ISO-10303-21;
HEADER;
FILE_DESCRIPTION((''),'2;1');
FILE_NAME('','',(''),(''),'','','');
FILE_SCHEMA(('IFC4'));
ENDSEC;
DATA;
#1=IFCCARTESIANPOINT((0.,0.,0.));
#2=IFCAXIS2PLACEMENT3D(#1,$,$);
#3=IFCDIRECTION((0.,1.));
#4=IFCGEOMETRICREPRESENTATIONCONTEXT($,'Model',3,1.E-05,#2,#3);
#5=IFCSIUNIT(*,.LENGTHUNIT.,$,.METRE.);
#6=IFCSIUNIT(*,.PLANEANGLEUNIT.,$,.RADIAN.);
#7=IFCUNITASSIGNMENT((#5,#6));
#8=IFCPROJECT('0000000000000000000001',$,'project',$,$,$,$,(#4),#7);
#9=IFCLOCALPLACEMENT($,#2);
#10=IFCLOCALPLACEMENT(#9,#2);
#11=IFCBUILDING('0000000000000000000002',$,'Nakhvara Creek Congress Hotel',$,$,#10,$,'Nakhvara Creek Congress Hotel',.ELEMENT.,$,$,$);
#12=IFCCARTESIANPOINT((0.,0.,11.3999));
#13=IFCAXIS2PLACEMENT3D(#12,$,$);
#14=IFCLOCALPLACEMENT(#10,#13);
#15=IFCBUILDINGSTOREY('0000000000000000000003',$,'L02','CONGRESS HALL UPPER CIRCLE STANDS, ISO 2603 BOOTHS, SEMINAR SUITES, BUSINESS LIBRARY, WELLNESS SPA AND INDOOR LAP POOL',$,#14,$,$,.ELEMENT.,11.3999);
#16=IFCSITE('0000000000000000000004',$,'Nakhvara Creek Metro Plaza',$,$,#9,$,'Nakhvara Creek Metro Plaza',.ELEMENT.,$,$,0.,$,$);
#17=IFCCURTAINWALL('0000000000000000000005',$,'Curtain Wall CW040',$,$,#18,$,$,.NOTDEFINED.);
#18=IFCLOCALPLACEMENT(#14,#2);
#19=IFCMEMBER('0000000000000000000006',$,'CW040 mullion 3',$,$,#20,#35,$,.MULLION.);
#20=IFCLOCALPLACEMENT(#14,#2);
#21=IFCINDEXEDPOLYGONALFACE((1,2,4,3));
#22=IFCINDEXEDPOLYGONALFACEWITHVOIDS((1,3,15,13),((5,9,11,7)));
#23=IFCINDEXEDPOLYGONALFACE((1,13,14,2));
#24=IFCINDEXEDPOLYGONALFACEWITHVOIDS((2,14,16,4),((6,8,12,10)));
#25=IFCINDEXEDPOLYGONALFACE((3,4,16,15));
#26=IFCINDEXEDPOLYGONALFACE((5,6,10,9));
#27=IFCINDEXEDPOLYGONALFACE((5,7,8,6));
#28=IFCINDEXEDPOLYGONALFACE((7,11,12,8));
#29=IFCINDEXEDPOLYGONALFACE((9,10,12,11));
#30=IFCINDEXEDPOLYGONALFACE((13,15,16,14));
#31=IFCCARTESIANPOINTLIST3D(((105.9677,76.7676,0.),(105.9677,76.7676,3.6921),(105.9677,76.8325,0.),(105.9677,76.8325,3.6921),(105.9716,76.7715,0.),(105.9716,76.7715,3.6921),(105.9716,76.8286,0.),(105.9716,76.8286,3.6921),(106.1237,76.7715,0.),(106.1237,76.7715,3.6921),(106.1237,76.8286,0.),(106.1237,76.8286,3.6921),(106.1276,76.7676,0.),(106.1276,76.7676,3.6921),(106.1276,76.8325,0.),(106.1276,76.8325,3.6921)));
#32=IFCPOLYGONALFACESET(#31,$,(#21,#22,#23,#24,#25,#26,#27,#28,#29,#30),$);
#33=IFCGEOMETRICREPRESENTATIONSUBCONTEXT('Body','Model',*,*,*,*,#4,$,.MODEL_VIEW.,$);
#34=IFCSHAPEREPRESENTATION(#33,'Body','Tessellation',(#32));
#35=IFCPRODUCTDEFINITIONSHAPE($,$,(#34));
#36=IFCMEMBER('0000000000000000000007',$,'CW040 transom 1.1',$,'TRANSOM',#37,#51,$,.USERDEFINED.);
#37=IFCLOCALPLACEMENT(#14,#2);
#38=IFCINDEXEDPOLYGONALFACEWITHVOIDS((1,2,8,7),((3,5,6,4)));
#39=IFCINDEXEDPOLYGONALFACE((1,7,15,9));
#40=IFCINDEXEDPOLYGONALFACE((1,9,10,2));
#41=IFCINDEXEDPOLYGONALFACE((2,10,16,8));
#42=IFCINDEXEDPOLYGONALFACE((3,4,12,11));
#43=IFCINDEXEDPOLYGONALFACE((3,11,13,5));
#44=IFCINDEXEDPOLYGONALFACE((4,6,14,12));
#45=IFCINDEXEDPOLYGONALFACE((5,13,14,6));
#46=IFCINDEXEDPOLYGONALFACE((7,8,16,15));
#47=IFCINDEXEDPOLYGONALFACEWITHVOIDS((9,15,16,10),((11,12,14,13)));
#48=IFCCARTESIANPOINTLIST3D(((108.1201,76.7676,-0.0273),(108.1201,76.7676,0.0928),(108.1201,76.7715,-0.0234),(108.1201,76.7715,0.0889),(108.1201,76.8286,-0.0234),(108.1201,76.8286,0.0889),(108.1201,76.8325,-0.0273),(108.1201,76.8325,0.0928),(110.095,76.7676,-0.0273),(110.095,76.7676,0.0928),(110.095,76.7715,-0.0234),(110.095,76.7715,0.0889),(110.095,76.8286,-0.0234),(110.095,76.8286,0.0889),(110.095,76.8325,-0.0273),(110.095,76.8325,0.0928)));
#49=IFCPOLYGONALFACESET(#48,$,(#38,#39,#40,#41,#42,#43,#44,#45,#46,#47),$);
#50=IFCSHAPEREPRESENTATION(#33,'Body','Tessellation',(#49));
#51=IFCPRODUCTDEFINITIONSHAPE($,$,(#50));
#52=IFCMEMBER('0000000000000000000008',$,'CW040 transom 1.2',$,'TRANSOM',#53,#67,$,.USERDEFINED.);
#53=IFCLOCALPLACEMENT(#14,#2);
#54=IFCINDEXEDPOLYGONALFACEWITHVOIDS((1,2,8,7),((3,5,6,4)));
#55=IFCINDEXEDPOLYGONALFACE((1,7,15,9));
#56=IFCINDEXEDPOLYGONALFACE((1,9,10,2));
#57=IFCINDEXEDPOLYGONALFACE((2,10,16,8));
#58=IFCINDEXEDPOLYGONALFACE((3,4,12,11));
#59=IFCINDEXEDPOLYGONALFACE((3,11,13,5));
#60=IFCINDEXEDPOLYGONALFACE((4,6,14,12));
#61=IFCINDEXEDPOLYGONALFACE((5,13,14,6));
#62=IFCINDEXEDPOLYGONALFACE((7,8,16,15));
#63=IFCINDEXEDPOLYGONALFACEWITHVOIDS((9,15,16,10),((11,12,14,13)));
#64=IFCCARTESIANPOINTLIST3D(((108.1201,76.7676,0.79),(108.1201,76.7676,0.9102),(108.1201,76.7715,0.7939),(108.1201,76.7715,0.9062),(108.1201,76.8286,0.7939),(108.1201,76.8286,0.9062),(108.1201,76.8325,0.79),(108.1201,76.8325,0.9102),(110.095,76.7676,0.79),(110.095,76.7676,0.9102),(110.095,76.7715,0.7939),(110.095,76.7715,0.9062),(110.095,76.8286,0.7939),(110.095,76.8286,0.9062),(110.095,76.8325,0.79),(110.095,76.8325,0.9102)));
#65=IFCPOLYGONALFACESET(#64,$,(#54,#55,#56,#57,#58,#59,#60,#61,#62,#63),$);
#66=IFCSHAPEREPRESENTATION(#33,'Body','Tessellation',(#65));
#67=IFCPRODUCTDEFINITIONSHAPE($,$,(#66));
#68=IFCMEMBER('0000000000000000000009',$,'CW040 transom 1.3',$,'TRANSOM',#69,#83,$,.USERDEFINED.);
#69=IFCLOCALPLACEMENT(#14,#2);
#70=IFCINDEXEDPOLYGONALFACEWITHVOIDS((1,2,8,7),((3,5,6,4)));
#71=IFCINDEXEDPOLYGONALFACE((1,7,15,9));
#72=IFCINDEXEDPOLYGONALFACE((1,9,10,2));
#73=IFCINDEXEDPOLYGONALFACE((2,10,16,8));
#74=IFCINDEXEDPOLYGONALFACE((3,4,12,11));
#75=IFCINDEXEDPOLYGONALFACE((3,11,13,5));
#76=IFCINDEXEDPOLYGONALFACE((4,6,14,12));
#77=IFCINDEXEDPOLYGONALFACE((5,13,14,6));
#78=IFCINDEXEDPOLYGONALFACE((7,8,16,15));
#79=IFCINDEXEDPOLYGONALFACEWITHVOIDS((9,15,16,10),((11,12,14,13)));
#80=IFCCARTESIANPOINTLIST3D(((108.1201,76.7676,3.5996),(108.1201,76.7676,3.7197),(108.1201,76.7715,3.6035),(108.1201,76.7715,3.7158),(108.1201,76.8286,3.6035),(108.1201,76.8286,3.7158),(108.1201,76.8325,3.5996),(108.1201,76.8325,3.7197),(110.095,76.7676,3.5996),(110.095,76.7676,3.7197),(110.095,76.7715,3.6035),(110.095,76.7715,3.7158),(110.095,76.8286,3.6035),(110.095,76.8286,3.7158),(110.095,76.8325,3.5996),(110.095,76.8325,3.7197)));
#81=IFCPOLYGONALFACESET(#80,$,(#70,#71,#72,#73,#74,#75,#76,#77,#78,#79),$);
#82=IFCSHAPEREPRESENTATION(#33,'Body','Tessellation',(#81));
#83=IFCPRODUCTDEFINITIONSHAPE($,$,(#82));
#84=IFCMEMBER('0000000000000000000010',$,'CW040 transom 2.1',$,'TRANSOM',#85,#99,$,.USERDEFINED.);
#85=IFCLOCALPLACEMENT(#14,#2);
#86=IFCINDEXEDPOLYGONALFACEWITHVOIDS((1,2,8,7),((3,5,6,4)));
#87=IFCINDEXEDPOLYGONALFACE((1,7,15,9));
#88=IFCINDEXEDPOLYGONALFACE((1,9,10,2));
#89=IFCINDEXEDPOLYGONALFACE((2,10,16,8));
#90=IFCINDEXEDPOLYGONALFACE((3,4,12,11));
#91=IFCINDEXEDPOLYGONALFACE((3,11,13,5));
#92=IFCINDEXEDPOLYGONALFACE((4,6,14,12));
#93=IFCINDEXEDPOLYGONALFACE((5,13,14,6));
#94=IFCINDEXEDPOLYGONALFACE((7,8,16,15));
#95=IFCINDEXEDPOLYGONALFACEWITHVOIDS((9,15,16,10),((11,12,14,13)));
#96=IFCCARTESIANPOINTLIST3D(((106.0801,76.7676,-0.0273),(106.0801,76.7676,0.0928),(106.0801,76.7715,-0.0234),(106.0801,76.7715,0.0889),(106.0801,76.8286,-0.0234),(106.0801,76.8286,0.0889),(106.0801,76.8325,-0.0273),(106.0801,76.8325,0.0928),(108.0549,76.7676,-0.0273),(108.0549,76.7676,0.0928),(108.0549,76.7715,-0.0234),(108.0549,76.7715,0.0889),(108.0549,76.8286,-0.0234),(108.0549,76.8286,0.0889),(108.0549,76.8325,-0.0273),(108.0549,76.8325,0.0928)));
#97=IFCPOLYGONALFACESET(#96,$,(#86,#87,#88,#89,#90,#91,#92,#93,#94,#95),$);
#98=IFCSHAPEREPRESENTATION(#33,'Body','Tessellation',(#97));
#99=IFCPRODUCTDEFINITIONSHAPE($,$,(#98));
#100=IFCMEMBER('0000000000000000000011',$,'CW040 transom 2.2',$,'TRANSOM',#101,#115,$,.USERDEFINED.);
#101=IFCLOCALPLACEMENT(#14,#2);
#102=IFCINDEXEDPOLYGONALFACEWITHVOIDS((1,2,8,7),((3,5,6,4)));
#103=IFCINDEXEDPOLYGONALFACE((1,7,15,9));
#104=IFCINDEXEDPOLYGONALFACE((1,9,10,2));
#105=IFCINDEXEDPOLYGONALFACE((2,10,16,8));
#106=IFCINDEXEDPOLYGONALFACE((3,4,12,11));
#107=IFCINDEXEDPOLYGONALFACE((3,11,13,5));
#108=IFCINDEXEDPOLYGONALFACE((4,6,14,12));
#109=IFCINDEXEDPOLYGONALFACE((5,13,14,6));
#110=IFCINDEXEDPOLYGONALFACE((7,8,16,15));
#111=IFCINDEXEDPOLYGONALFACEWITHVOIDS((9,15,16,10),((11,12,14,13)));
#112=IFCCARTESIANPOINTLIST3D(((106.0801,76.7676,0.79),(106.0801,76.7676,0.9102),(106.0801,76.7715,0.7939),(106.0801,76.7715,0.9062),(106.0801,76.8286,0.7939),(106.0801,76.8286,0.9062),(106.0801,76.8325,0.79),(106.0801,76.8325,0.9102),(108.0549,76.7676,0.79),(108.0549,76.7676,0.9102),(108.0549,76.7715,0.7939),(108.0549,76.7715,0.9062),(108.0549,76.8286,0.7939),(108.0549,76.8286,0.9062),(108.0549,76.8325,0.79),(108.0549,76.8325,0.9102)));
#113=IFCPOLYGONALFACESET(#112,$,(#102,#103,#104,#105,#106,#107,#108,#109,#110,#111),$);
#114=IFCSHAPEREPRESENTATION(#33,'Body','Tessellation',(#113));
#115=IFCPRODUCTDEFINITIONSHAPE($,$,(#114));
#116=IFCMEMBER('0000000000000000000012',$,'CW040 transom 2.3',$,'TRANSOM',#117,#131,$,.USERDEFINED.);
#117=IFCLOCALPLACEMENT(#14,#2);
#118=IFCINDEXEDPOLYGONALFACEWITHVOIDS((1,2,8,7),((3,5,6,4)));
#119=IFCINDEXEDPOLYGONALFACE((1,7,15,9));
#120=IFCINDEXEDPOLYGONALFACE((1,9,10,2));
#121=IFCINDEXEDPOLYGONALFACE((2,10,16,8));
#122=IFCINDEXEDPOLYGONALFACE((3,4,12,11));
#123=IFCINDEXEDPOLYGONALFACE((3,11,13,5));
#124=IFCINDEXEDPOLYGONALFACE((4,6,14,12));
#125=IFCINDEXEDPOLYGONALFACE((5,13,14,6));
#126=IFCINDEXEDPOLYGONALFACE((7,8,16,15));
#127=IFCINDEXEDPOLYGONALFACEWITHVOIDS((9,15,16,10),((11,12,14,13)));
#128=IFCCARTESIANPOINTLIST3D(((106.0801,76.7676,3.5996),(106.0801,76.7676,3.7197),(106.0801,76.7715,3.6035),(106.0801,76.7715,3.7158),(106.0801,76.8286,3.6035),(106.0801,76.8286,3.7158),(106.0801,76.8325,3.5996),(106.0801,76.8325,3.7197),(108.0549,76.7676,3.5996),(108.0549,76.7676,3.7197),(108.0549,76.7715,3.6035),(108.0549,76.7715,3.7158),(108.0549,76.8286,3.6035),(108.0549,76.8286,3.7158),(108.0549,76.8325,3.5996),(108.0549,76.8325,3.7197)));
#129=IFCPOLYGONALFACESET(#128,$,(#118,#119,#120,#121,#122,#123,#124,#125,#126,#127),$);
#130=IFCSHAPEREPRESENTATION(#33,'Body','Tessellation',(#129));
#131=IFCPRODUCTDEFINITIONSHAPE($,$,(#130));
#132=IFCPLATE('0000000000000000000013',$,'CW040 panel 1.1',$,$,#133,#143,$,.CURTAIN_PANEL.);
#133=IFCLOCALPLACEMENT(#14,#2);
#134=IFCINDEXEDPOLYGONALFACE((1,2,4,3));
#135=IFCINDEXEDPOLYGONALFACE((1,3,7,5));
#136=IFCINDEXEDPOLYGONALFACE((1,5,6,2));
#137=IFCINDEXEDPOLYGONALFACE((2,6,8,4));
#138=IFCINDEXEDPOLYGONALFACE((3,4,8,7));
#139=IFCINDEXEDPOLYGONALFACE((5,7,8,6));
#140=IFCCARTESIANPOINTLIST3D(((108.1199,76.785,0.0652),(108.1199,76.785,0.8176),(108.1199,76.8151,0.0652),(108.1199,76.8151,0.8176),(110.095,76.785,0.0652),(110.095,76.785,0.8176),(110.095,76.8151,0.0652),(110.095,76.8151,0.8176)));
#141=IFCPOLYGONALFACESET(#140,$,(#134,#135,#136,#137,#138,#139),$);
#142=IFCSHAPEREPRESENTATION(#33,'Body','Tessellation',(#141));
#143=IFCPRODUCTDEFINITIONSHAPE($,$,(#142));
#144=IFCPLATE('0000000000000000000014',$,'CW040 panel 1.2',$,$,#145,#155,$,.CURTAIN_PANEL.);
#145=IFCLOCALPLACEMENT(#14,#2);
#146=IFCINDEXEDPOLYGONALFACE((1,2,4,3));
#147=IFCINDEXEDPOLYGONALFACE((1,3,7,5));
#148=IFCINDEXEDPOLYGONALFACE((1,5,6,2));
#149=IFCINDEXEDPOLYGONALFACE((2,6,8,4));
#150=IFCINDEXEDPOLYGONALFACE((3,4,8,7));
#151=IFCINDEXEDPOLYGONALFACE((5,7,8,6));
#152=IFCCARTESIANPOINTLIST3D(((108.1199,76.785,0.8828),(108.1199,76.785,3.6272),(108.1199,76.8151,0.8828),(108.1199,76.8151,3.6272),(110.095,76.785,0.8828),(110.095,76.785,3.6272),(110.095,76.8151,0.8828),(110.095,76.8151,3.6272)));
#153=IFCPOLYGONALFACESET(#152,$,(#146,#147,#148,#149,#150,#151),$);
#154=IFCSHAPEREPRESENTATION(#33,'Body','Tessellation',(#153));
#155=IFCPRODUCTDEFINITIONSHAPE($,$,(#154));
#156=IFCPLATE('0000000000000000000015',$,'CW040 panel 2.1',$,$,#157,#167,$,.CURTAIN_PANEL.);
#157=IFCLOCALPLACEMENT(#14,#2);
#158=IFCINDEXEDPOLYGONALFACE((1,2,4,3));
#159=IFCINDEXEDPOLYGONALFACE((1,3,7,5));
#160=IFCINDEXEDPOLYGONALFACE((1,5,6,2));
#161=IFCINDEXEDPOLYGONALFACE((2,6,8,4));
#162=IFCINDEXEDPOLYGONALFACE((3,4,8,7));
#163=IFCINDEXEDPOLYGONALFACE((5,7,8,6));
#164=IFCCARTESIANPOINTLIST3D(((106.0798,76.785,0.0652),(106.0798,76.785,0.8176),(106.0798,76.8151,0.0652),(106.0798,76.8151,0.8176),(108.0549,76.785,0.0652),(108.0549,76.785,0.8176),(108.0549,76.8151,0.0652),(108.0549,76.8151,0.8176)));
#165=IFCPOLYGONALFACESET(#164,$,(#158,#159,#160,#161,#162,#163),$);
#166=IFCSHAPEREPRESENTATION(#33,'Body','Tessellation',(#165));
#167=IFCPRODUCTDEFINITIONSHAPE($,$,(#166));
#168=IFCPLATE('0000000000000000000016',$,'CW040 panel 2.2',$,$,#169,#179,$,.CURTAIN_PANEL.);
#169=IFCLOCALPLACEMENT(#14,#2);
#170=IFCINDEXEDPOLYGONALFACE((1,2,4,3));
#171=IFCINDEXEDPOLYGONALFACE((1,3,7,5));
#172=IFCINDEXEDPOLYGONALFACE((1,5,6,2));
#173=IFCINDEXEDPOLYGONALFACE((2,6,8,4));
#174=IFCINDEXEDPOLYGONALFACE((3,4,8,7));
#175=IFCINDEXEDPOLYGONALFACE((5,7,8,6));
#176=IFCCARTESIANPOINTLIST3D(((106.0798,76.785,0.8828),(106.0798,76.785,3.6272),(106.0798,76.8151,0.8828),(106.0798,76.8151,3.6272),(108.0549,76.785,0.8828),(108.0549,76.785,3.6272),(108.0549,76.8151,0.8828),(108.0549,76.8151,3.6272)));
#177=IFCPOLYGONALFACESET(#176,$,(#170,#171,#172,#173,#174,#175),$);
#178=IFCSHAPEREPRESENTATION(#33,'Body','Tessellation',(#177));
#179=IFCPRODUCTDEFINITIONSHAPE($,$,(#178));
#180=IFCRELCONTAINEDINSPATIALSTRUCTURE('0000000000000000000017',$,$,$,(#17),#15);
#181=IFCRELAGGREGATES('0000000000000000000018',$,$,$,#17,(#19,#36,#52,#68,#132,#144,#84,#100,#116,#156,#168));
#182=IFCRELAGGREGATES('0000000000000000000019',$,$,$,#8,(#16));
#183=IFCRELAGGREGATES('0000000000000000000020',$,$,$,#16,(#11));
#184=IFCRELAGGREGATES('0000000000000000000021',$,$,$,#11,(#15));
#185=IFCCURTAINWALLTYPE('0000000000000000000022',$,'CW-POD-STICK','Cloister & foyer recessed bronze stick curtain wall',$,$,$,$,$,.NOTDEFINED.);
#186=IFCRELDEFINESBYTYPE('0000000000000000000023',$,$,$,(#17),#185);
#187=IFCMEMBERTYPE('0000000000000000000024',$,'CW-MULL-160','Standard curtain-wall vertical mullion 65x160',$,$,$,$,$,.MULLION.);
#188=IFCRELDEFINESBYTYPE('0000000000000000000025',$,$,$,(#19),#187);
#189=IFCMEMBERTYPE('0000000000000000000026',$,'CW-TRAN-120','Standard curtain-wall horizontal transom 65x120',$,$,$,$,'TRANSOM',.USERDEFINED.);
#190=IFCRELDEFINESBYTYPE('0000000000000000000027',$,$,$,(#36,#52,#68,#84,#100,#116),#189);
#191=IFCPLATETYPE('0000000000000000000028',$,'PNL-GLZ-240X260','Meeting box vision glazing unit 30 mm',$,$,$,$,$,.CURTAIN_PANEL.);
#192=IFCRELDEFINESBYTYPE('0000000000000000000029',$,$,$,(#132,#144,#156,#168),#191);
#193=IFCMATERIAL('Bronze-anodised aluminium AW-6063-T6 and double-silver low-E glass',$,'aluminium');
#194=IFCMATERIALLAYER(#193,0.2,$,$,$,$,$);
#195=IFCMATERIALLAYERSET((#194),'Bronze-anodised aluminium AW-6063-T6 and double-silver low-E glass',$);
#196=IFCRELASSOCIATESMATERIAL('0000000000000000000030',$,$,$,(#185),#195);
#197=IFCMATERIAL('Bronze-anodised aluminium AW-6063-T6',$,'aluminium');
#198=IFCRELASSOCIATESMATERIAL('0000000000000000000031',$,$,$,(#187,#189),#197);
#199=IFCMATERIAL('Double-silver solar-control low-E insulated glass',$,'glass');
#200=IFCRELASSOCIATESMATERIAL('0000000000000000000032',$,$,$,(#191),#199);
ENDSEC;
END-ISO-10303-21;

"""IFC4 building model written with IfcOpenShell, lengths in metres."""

from ifc_helpers import new_model, si_unit, direction, frame, origin, origin_2d, place, context, subcontext, project, spatial, rectangle, hollow_rectangle, extrude, material, layer, layer_set, material_profile, profile_set, type_object, element, aggregate, save


model = new_model("IFC4")

# Units and contexts
model_context = context("Model", 3, precision=1e-05, world=origin(), true_north=direction((0.0, 1.0)))
body_context = subcontext(model_context, "Body", "Model", "MODEL_VIEW")
ifc_project = project(units=[si_unit("LENGTHUNIT", "METRE"), si_unit("PLANEANGLEUNIT", "RADIAN")], contexts=[model_context])

# Site, building, storey
site_placement = place(None, origin())
site = spatial("IfcSite", under=ifc_project, at=site_placement, Name="Nakhvara Creek Metro Plaza", LongName="Nakhvara Creek Metro Plaza", CompositionType="ELEMENT", RefElevation=0.0)
building_placement = place(site_placement, origin())
building = spatial("IfcBuilding", under=site, at=building_placement, Name="Nakhvara Creek Congress Hotel", LongName="Nakhvara Creek Congress Hotel", CompositionType="ELEMENT")
storey_placement = place(building_placement, frame((0.0, 0.0, 11.3999)))
storey = spatial("IfcBuildingStorey", under=building, at=storey_placement, Name="L02", Description="CONGRESS HALL UPPER CIRCLE STANDS, ISO 2603 BOOTHS, SEMINAR SUITES, BUSINESS LIBRARY, WELLNESS SPA AND INDOOR LAP POOL", CompositionType="ELEMENT", Elevation=11.3999)

# Curtain wall, members, plates
ifc_material_1 = material(Name="Bronze-anodised aluminium AW-6063-T6 and double-silver low-E glass", Category="aluminium")
ifc_layer_1 = layer(ifc_material_1, 0.2)
ifc_layer_set_1 = layer_set([ifc_layer_1], Name="Bronze-anodised aluminium AW-6063-T6 and double-silver low-E glass")
curtain_wall_type = type_object("IfcCurtainWallType", Name="CW-POD-STICK", Description="Cloister & foyer recessed bronze stick curtain wall", PredefinedType="NOTDEFINED", material=ifc_layer_set_1)
curtain_wall_placement = place(storey_placement, origin())
curtain_wall = element("IfcCurtainWall", 1, at=curtain_wall_placement, inside=storey, type_object=curtain_wall_type, Name="Curtain Wall CW040", PredefinedType="NOTDEFINED")
ifc_material_2 = material(Name="Bronze-anodised aluminium AW-6063-T6", Category="aluminium")
ifc_material_profile_1 = material_profile(ifc_material_2, hollow_rectangle(XDim=0.0649, YDim=0.1599, WallThickness=0.0039, at=origin_2d()), Name="ALU-MULL 65x160x4", Category="LoadBearing")
ifc_profile_set_1 = profile_set([ifc_material_profile_1], Name="Bronze-anodised aluminium AW-6063-T6")
member_type_1 = type_object("IfcMemberType", Name="CW-MULL-160", Description="Standard curtain-wall vertical mullion 65x160", PredefinedType="MULLION", material=ifc_profile_set_1)
member_1_placement = place(storey_placement, frame((106.0476, 76.8, 0.0), z_axis=(0.0, 0.0, 1.0), x_axis=(0.0, -1.0, 0.0)))
member_1 = element("IfcMember", 2, at=member_1_placement, type_object=member_type_1, Name="CW040 mullion 3", PredefinedType="MULLION", context=body_context, shape_type="SweptSolid", body=[
    extrude(hollow_rectangle(XDim=0.0649, YDim=0.1599, WallThickness=0.0039, at=origin_2d()), origin(), (0.0, 0.0, 1.0), 3.6921),
])
ifc_material_profile_2 = material_profile(ifc_material_2, hollow_rectangle(XDim=0.0649, YDim=0.1201, WallThickness=0.0039, at=origin_2d()), Name="ALU-TRAN 65x120x4", Category="LoadBearing")
ifc_profile_set_2 = profile_set([ifc_material_profile_2], Name="Bronze-anodised aluminium AW-6063-T6")
member_type_2 = type_object("IfcMemberType", Name="CW-TRAN-120", Description="Standard curtain-wall horizontal transom 65x120", ElementType="TRANSOM", PredefinedType="USERDEFINED", material=ifc_profile_set_2)
member_2_placement = place(storey_placement, frame((110.095, 76.8, 0.0327), z_axis=(-1.0, 0.0, 0.0), x_axis=(0.0, -1.0, 0.0)))
member_2 = element("IfcMember", 3, at=member_2_placement, type_object=member_type_2, Name="CW040 transom 1.1", ObjectType="TRANSOM", PredefinedType="USERDEFINED", context=body_context, shape_type="SweptSolid", body=[
    extrude(hollow_rectangle(XDim=0.0649, YDim=0.1201, WallThickness=0.0039, at=origin_2d()), origin(), (0.0, 0.0, 1.0), 1.9749),
])
member_3_placement = place(storey_placement, frame((110.095, 76.8, 0.8501), z_axis=(-1.0, 0.0, 0.0), x_axis=(0.0, -1.0, 0.0)))
member_3 = element("IfcMember", 4, at=member_3_placement, type_object=member_type_2, Name="CW040 transom 1.2", ObjectType="TRANSOM", PredefinedType="USERDEFINED", context=body_context, shape_type="SweptSolid", body=[
    extrude(hollow_rectangle(XDim=0.0649, YDim=0.1201, WallThickness=0.0039, at=origin_2d()), origin(), (0.0, 0.0, 1.0), 1.9749),
])
member_4_placement = place(storey_placement, frame((110.095, 76.8, 3.6597), z_axis=(-1.0, 0.0, 0.0), x_axis=(0.0, -1.0, 0.0)))
member_4 = element("IfcMember", 5, at=member_4_placement, type_object=member_type_2, Name="CW040 transom 1.3", ObjectType="TRANSOM", PredefinedType="USERDEFINED", context=body_context, shape_type="SweptSolid", body=[
    extrude(hollow_rectangle(XDim=0.0649, YDim=0.1201, WallThickness=0.0039, at=origin_2d()), origin(), (0.0, 0.0, 1.0), 1.9749),
])
member_5_placement = place(storey_placement, frame((108.0549, 76.8, 0.0327), z_axis=(-1.0, 0.0, 0.0), x_axis=(0.0, -1.0, 0.0)))
member_5 = element("IfcMember", 6, at=member_5_placement, type_object=member_type_2, Name="CW040 transom 2.1", ObjectType="TRANSOM", PredefinedType="USERDEFINED", context=body_context, shape_type="SweptSolid", body=[
    extrude(hollow_rectangle(XDim=0.0649, YDim=0.1201, WallThickness=0.0039, at=origin_2d()), origin(), (0.0, 0.0, 1.0), 1.9749),
])
member_6_placement = place(storey_placement, frame((108.0549, 76.8, 0.8501), z_axis=(-1.0, 0.0, 0.0), x_axis=(0.0, -1.0, 0.0)))
member_6 = element("IfcMember", 7, at=member_6_placement, type_object=member_type_2, Name="CW040 transom 2.2", ObjectType="TRANSOM", PredefinedType="USERDEFINED", context=body_context, shape_type="SweptSolid", body=[
    extrude(hollow_rectangle(XDim=0.0649, YDim=0.1201, WallThickness=0.0039, at=origin_2d()), origin(), (0.0, 0.0, 1.0), 1.9749),
])
member_7_placement = place(storey_placement, frame((108.0549, 76.8, 3.6597), z_axis=(-1.0, 0.0, 0.0), x_axis=(0.0, -1.0, 0.0)))
member_7 = element("IfcMember", 8, at=member_7_placement, type_object=member_type_2, Name="CW040 transom 2.3", ObjectType="TRANSOM", PredefinedType="USERDEFINED", context=body_context, shape_type="SweptSolid", body=[
    extrude(hollow_rectangle(XDim=0.0649, YDim=0.1201, WallThickness=0.0039, at=origin_2d()), origin(), (0.0, 0.0, 1.0), 1.9749),
])
ifc_material_3 = material(Name="Double-silver solar-control low-E insulated glass", Category="glass")
plate_type = type_object("IfcPlateType", Name="PNL-GLZ-240X260", Description="Meeting box vision glazing unit 30 mm", PredefinedType="CURTAIN_PANEL", material=ifc_material_3)
plate_1_placement = place(storey_placement, frame((109.1074, 76.8, 0.0652), z_axis=(0.0, 0.0, 1.0), x_axis=(-1.0, 0.0, 0.0)))
plate_1 = element("IfcPlate", 9, at=plate_1_placement, type_object=plate_type, Name="CW040 panel 1.1", PredefinedType="CURTAIN_PANEL", context=body_context, shape_type="SweptSolid", body=[
    extrude(rectangle(XDim=1.9751, YDim=0.03, at=origin_2d()), origin(), (0.0, 0.0, 1.0), 0.7524),
])
plate_2_placement = place(storey_placement, frame((109.1074, 76.8, 0.8828), z_axis=(0.0, 0.0, 1.0), x_axis=(-1.0, 0.0, 0.0)))
plate_2 = element("IfcPlate", 10, at=plate_2_placement, type_object=plate_type, Name="CW040 panel 1.2", PredefinedType="CURTAIN_PANEL", context=body_context, shape_type="SweptSolid", body=[
    extrude(rectangle(XDim=1.9751, YDim=0.03, at=origin_2d()), origin(), (0.0, 0.0, 1.0), 2.7444),
])
plate_3_placement = place(storey_placement, frame((107.0674, 76.8, 0.0652), z_axis=(0.0, 0.0, 1.0), x_axis=(-1.0, 0.0, 0.0)))
plate_3 = element("IfcPlate", 11, at=plate_3_placement, type_object=plate_type, Name="CW040 panel 2.1", PredefinedType="CURTAIN_PANEL", context=body_context, shape_type="SweptSolid", body=[
    extrude(rectangle(XDim=1.9751, YDim=0.03, at=origin_2d()), origin(), (0.0, 0.0, 1.0), 0.7524),
])
plate_4_placement = place(storey_placement, frame((107.0674, 76.8, 0.8828), z_axis=(0.0, 0.0, 1.0), x_axis=(-1.0, 0.0, 0.0)))
plate_4 = element("IfcPlate", 12, at=plate_4_placement, type_object=plate_type, Name="CW040 panel 2.2", PredefinedType="CURTAIN_PANEL", context=body_context, shape_type="SweptSolid", body=[
    extrude(rectangle(XDim=1.9751, YDim=0.03, at=origin_2d()), origin(), (0.0, 0.0, 1.0), 2.7444),
])
aggregate(curtain_wall, [member_1, member_2, member_3, member_4, plate_1, plate_2, member_5, member_6, member_7, plate_3, plate_4])

save(model, "model.ifc")
